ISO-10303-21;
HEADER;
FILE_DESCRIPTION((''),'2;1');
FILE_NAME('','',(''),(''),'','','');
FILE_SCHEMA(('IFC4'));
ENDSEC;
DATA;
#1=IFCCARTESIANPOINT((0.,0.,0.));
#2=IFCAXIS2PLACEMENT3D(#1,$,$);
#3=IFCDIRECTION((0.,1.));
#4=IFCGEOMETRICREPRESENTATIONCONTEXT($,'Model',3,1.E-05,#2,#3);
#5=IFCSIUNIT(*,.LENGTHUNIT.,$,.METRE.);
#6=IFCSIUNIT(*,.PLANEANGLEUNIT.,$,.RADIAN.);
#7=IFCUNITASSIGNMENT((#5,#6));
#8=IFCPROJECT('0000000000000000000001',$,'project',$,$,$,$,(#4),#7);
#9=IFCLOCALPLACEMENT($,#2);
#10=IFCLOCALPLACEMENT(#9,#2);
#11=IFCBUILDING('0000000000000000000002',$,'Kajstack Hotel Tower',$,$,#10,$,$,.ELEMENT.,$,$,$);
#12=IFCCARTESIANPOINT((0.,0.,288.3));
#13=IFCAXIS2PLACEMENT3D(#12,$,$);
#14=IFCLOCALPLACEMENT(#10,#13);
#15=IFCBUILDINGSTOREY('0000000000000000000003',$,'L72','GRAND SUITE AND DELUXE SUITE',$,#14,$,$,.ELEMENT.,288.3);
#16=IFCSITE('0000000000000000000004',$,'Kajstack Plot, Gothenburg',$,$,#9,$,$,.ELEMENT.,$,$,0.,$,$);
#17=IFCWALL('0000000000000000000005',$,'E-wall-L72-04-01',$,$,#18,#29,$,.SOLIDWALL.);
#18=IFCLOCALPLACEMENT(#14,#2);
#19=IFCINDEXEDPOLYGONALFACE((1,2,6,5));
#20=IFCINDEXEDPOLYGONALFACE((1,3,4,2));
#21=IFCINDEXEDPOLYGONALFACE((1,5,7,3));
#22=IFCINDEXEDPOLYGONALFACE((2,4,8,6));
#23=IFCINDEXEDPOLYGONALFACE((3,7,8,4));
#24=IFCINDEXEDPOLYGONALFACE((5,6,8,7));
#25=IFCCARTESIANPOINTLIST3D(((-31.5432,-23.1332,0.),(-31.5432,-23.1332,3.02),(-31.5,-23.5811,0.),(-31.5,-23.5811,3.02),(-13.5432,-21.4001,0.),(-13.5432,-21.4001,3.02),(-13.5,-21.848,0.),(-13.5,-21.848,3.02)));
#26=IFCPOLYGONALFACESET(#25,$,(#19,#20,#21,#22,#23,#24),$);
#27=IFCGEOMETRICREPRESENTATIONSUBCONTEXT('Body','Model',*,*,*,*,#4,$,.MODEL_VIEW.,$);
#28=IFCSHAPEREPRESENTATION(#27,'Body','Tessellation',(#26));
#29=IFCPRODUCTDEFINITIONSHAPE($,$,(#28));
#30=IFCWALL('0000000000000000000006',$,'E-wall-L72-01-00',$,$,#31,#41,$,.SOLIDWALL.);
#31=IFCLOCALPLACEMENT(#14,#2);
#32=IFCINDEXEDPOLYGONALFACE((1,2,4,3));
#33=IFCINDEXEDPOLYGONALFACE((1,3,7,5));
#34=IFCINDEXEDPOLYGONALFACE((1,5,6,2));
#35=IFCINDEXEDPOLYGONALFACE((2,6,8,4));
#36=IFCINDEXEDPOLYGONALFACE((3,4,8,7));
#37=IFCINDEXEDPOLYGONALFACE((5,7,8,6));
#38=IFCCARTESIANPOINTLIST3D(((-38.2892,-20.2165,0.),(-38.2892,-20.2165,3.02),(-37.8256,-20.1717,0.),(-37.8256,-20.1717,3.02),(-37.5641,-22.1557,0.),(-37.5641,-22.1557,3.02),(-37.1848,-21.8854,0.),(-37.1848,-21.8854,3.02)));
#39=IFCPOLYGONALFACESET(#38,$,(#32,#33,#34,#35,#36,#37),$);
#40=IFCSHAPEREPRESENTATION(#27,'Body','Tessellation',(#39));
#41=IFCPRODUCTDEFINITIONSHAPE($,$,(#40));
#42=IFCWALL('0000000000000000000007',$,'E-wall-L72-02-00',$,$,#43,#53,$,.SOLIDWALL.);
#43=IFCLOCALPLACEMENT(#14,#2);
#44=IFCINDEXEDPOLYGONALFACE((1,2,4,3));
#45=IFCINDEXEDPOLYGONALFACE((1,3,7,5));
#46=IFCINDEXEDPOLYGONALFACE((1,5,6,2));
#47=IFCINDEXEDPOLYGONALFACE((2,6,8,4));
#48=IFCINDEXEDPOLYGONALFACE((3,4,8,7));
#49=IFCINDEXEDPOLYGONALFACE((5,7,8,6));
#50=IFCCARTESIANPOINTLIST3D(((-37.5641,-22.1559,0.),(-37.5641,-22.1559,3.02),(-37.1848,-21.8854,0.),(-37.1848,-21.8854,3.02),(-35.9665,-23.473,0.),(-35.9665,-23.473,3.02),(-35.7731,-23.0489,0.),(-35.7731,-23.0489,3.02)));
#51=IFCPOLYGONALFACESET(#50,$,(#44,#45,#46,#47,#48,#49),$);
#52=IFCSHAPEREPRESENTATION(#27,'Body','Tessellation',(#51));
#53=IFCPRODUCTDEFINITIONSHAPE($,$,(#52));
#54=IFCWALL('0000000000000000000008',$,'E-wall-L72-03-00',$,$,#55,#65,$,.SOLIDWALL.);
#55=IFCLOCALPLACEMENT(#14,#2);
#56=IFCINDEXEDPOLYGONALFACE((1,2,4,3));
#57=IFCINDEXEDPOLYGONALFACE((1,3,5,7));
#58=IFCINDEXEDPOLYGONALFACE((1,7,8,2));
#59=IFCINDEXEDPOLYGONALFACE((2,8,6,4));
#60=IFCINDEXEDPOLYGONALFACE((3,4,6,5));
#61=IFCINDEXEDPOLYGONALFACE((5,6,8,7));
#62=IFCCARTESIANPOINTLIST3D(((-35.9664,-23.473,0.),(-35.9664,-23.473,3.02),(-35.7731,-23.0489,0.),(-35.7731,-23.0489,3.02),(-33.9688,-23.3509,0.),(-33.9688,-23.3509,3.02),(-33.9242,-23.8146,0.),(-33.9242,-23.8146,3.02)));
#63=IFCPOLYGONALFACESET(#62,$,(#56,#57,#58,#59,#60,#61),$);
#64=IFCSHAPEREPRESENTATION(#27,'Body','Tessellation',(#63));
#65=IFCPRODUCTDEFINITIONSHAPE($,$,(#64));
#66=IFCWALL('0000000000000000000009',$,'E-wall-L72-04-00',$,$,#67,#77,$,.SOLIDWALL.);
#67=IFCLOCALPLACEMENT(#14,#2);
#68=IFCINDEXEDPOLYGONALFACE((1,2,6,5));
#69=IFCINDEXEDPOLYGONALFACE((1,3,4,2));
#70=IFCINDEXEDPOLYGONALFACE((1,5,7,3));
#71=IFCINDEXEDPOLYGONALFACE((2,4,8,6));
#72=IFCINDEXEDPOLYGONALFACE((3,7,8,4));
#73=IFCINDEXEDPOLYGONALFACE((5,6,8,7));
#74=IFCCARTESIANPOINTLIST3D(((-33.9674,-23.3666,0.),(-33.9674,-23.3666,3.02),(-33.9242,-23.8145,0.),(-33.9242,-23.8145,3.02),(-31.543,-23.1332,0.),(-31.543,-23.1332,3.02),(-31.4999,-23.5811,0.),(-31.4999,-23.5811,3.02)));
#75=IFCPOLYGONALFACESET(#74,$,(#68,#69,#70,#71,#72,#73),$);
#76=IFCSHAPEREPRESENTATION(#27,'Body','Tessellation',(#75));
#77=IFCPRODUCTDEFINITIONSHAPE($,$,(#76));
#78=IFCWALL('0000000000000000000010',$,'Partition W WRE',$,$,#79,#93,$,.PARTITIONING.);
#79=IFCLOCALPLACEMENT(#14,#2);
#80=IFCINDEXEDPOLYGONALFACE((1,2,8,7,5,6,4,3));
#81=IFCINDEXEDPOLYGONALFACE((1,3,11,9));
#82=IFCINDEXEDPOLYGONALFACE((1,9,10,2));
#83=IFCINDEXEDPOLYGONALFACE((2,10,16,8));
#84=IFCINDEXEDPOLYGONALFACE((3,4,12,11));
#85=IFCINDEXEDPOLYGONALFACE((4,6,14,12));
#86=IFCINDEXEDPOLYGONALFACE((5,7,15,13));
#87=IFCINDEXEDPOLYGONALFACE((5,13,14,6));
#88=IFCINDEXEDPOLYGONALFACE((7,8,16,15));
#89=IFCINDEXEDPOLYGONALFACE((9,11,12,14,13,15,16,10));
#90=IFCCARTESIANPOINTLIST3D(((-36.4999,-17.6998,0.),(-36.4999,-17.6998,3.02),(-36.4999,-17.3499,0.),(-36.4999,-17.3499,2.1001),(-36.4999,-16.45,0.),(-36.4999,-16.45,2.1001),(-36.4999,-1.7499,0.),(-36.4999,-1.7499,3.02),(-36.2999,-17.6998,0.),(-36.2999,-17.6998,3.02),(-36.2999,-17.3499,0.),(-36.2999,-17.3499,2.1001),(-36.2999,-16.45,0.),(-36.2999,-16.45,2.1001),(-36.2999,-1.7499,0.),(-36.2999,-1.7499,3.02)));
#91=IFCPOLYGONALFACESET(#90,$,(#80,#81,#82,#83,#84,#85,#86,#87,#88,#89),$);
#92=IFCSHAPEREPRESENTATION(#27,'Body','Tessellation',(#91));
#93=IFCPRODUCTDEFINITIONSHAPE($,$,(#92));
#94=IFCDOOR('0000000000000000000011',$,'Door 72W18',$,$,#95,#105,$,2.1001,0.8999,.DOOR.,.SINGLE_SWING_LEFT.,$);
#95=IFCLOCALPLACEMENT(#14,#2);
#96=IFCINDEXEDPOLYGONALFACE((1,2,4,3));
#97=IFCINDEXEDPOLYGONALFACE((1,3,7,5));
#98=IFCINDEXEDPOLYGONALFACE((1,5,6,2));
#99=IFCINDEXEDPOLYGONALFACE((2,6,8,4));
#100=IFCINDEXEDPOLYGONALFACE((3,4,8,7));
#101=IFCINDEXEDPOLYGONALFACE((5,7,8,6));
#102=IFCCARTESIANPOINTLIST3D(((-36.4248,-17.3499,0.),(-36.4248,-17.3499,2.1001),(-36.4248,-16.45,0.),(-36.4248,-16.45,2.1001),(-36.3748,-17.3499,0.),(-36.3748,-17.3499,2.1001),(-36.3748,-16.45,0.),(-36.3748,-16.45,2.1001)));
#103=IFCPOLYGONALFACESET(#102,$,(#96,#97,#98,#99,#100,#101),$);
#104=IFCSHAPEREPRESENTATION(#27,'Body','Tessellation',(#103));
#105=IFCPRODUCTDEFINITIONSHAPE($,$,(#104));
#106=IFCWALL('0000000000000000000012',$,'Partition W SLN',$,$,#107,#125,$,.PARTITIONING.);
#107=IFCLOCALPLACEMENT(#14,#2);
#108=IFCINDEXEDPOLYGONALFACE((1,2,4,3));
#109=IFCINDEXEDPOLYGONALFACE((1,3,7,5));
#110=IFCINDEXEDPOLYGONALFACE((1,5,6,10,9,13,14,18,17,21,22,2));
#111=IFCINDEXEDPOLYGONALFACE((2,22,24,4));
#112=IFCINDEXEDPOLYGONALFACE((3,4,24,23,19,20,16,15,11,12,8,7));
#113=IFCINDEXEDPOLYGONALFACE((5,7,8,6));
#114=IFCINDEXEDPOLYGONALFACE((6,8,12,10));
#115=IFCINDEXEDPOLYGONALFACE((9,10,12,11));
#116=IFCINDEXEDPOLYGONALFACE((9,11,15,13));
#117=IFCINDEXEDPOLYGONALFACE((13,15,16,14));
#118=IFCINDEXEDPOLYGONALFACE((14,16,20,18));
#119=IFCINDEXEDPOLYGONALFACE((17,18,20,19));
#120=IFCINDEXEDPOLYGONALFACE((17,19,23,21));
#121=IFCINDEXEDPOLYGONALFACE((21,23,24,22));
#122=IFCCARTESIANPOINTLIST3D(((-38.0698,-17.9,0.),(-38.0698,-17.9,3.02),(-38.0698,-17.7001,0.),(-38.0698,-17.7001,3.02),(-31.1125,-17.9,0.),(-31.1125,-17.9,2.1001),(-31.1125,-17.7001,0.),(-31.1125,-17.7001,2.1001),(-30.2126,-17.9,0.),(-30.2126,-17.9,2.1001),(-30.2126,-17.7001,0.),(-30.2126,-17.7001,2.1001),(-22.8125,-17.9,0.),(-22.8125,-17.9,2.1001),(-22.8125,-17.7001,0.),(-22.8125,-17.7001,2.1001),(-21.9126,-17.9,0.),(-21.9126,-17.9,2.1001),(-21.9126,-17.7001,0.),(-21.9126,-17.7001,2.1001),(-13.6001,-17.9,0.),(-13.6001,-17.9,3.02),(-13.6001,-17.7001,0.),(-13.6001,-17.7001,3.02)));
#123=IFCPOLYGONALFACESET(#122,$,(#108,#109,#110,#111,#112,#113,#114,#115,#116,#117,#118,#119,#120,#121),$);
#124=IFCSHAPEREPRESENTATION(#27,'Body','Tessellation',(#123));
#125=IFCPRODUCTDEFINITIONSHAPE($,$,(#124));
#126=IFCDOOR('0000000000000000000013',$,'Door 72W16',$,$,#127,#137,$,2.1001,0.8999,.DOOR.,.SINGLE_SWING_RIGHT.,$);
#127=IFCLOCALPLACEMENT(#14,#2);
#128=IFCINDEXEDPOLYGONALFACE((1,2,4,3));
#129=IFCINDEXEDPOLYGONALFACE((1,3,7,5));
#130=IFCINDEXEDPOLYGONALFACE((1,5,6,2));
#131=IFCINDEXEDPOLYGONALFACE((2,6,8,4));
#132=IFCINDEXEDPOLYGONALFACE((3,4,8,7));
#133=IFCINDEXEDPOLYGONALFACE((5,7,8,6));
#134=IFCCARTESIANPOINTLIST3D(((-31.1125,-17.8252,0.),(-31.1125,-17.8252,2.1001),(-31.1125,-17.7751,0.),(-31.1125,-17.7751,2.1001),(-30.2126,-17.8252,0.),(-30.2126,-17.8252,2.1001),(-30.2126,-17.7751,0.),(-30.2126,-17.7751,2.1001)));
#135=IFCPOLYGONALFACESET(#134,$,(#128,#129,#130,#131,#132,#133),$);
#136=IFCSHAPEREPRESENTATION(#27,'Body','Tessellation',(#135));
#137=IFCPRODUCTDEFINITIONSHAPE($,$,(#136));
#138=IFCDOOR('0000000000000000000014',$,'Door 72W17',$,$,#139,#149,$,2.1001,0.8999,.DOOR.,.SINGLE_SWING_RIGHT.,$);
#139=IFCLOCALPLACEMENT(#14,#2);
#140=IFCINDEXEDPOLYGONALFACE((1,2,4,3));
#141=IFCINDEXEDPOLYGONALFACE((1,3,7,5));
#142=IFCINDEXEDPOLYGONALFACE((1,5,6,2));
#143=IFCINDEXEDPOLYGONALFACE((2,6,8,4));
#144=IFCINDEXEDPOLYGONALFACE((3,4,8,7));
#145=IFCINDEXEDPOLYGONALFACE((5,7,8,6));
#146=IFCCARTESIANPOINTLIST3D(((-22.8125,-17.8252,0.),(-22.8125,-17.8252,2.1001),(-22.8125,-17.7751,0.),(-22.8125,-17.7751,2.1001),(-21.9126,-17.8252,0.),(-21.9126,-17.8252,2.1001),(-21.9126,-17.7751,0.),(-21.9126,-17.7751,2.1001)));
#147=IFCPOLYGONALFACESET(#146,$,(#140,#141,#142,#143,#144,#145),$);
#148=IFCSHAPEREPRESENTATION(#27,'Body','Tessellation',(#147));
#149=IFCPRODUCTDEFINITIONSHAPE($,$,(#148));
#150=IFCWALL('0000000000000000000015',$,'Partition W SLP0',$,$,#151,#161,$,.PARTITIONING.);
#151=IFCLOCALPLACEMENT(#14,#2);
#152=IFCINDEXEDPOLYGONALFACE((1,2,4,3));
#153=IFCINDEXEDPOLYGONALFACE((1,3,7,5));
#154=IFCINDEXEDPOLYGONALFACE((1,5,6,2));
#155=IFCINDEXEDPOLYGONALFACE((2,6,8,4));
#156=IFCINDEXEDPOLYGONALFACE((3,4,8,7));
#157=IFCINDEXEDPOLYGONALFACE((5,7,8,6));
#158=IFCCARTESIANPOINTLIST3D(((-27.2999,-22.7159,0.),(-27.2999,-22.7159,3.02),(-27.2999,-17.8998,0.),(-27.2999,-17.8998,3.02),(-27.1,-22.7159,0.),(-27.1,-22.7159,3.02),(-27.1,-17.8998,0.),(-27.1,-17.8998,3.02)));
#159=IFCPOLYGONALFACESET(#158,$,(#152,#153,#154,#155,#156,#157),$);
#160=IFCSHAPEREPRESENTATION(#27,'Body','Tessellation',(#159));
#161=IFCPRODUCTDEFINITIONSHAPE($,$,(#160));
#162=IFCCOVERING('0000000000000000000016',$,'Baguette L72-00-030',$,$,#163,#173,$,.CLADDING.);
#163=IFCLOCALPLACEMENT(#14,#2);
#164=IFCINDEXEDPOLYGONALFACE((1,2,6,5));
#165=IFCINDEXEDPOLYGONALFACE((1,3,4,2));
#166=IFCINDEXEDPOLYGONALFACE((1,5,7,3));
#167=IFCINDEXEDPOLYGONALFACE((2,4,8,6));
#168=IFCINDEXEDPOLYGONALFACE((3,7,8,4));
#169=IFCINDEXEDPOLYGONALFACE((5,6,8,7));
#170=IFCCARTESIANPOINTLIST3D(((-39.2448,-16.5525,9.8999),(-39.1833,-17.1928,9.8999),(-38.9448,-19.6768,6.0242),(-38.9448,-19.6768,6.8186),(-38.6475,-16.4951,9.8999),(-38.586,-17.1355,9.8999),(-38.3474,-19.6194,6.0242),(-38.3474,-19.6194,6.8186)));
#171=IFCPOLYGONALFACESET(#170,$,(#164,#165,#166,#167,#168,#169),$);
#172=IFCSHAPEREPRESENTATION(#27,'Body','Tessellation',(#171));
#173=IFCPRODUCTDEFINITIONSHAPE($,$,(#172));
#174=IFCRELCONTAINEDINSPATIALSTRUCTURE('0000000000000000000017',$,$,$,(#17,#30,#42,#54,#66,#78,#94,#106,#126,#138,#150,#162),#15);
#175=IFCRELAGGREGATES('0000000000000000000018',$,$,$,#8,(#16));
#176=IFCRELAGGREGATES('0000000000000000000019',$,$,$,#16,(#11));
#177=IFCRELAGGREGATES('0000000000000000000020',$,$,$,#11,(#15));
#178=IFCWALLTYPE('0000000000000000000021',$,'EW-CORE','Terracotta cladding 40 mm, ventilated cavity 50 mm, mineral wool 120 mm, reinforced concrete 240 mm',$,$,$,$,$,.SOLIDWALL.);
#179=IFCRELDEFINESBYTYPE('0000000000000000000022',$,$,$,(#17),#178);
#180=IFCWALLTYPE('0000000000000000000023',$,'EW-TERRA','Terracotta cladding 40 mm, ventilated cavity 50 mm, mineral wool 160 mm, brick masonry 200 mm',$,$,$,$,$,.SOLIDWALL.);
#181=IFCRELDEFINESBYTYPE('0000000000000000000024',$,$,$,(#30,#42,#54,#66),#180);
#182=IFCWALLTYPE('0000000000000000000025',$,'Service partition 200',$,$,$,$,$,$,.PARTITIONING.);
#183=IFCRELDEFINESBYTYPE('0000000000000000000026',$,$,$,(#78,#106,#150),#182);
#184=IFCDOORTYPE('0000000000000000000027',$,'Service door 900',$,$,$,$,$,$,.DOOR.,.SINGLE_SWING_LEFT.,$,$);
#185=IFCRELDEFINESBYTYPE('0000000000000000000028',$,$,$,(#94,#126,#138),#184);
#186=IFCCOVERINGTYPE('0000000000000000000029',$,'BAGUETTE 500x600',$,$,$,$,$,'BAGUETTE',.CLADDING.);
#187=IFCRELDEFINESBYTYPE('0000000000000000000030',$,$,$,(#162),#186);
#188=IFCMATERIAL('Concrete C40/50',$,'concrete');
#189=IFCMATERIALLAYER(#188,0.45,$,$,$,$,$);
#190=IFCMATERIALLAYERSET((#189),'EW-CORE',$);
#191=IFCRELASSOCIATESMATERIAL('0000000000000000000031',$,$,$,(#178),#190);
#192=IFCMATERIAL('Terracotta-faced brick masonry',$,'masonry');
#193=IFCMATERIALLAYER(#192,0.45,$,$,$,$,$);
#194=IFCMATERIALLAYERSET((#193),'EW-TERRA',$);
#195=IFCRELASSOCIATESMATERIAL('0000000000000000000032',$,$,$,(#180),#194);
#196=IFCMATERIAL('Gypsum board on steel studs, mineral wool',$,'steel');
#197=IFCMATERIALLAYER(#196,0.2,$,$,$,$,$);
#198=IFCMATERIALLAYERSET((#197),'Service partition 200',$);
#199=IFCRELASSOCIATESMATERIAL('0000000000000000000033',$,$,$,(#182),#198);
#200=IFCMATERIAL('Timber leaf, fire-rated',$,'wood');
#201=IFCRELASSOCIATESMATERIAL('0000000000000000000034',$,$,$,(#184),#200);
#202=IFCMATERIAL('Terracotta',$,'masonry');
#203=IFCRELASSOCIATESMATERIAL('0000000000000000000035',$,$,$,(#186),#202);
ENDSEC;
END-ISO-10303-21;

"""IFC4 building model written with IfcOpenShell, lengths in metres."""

from ifc_helpers import new_model, si_unit, direction, frame, frame_2d, origin, origin_2d, place, context, subcontext, project, spatial, polyline, rectangle, outline, extrude, material, layer, layer_set, material_profile, profile_set, type_object, element, fill, save


model = new_model("IFC4")

# Units and contexts
model_context = context("Model", 3, precision=1e-05, world=origin(), true_north=direction((0.0, 1.0)))
body_context = subcontext(model_context, "Body", "Model", "MODEL_VIEW")
ifc_project = project(units=[si_unit("LENGTHUNIT", "METRE"), si_unit("PLANEANGLEUNIT", "RADIAN")], contexts=[model_context])

# Site, building, storey
site_placement = place(None, origin())
site = spatial("IfcSite", under=ifc_project, at=site_placement, Name="Kajstack Plot, Gothenburg", CompositionType="ELEMENT", RefElevation=0.0)
building_placement = place(site_placement, origin())
building = spatial("IfcBuilding", under=site, at=building_placement, Name="Kajstack Hotel Tower", CompositionType="ELEMENT")
storey_placement = place(building_placement, frame((0.0, 0.0, 288.3)))
storey = spatial("IfcBuildingStorey", under=building, at=storey_placement, Name="L72", Description="GRAND SUITE AND DELUXE SUITE", CompositionType="ELEMENT", Elevation=288.3)

# Walls
ifc_material_1 = material(Name="Concrete C40/50", Category="concrete")
ifc_layer_1 = layer(ifc_material_1, 0.45)
ifc_layer_set_1 = layer_set([ifc_layer_1], Name="EW-CORE")
wall_type_1 = type_object("IfcWallType", Name="EW-CORE", Description="Terracotta cladding 40 mm, ventilated cavity 50 mm, mineral wool 120 mm, reinforced concrete 240 mm", PredefinedType="SOLIDWALL", material=ifc_layer_set_1)
wall_1_placement = place(storey_placement, frame((-31.5215, -23.3572, 0.0), z_axis=(0.0, 0.0, 1.0), x_axis=(0.995396, 0.095843, 0.0)))
element("IfcWall", 1, at=wall_1_placement, inside=storey, type_object=wall_type_1, Name="E-wall-L72-04-01", PredefinedType="SOLIDWALL", context=body_context, shape_type="SweptSolid", body=[
    extrude(rectangle(XDim=18.0833, YDim=0.45, at=frame_2d((9.0415, 0.0))), origin(), (0.0, 0.0, 1.0), 3.02),
])
ifc_material_2 = material(Name="Terracotta-faced brick masonry", Category="masonry")
ifc_layer_2 = layer(ifc_material_2, 0.45)
ifc_layer_set_2 = layer_set([ifc_layer_2], Name="EW-TERRA")
wall_type_2 = type_object("IfcWallType", Name="EW-TERRA", Description="Terracotta cladding 40 mm, ventilated cavity 50 mm, mineral wool 160 mm, brick masonry 200 mm", PredefinedType="SOLIDWALL", material=ifc_layer_set_2)
wall_2_placement = place(storey_placement, frame((-38.0784, -20.1377, 0.0), z_axis=(0.0, 0.0, 1.0), x_axis=(0.350232, -0.936663, 0.0)))
element("IfcWall", 2, at=wall_2_placement, inside=storey, type_object=wall_type_2, Name="E-wall-L72-01-00", PredefinedType="SOLIDWALL", context=body_context, shape_type="SweptSolid", body=[
    extrude(outline(polyline([(0.0, -0.2251), (2.0703, -0.2251), (1.95, 0.2249), (0.1204, 0.2249), (0.0, -0.2251)])), origin(), (0.0, 0.0, 1.0), 3.02),
])
wall_3_placement = place(storey_placement, frame((-37.4209, -21.9822, 0.0), z_axis=(0.0, 0.0, 1.0), x_axis=(0.771593, -0.636116, 0.0)))
element("IfcWall", 3, at=wall_3_placement, inside=storey, type_object=wall_type_2, Name="E-wall-L72-02-00", PredefinedType="SOLIDWALL", context=body_context, shape_type="SweptSolid", body=[
    extrude(outline(polyline([(0.0, -0.2251), (2.0706, -0.2251), (1.95, 0.2251), (0.1206, 0.2249), (0.0, -0.2251)])), origin(), (0.0, 0.0, 1.0), 3.02),
])
wall_4_placement = place(storey_placement, frame((-35.9292, -23.251, 0.0), z_axis=(0.0, 0.0, 1.0), x_axis=(0.986279, -0.165087, 0.0)))
element("IfcWall", 4, at=wall_4_placement, inside=storey, type_object=wall_type_2, Name="E-wall-L72-03-00", PredefinedType="SOLIDWALL", context=body_context, shape_type="SweptSolid", body=[
    extrude(outline(polyline([(0.0, -0.2251), (2.0706, -0.2249), (1.95, 0.2251), (0.1206, 0.2251), (0.0, -0.2251)])), origin(), (0.0, 0.0, 1.0), 3.02),
])
wall_5_placement = place(storey_placement, frame((-33.9458, -23.5906, 0.0), z_axis=(0.0, 0.0, 1.0), x_axis=(0.995398, 0.095831, 0.0)))
element("IfcWall", 5, at=wall_5_placement, inside=storey, type_object=wall_type_2, Name="E-wall-L72-04-00", PredefinedType="SOLIDWALL", context=body_context, shape_type="SweptSolid", body=[
    extrude(rectangle(XDim=2.4355, YDim=0.45, at=frame_2d((1.2178, 0.0))), origin(), (0.0, 0.0, 1.0), 3.02),
])

# Wall, opening, door
ifc_material_3 = material(Name="Gypsum board on steel studs, mineral wool", Category="steel")
ifc_layer_3 = layer(ifc_material_3, 0.2)
ifc_layer_set_3 = layer_set([ifc_layer_3], Name="Service partition 200")
wall_type_3 = type_object("IfcWallType", Name="Service partition 200", PredefinedType="PARTITIONING", material=ifc_layer_set_3)
wall_6_placement = place(storey_placement, frame((-36.3999, -17.7, 0.0), z_axis=(0.0, 0.0, 1.0), x_axis=(0.0, 1.0, 0.0)))
wall_6 = element("IfcWall", 6, at=wall_6_placement, inside=storey, type_object=wall_type_3, Name="Partition W WRE", PredefinedType="PARTITIONING", context=body_context, shape_type="SweptSolid", body=[
    extrude(rectangle(XDim=15.95, YDim=0.2, at=frame_2d((7.9751, 0.0))), origin(), (0.0, 0.0, 1.0), 3.02),
])
opening_1_placement = place(wall_6_placement, frame((0.3501, 0.0, 0.0)))
opening_1 = element("IfcOpeningElement", 7, at=opening_1_placement, cuts=wall_6, PredefinedType="OPENING", context=body_context, shape_type="SweptSolid", body=[
    extrude(rectangle(XDim=0.8999, YDim=2.1001, at=frame_2d((0.45, 1.05))), frame((0.0, 0.1099, 0.0), z_axis=(0.0, -1.0, 0.0), x_axis=(1.0, 0.0, 0.0)), (0.0, 0.0, 1.0), 0.22),
])
ifc_material_4 = material(Name="Timber leaf, fire-rated", Category="wood")
door_type = type_object("IfcDoorType", Name="Service door 900", OperationType="SINGLE_SWING_LEFT", PredefinedType="DOOR", material=ifc_material_4)
door_1_placement = place(opening_1_placement, origin())
door_1 = element("IfcDoor", 8, at=door_1_placement, inside=storey, type_object=door_type, Name="Door 72W18", OperationType="SINGLE_SWING_LEFT", OverallHeight=2.1001, OverallWidth=0.8999, PredefinedType="DOOR", context=body_context, shape_type="SweptSolid", body=[
    extrude(rectangle(XDim=0.8999, YDim=2.1001, at=frame_2d((0.45, 1.05))), frame((0.0, 0.0249, 0.0), z_axis=(0.0, -1.0, 0.0), x_axis=(1.0, 0.0, 0.0)), (0.0, 0.0, 1.0), 0.05),
])
fill(opening_1, door_1)

# Wall, openings, doors
wall_7_placement = place(storey_placement, frame((-38.0698, -17.8, 0.0), z_axis=(0.0, 0.0, 1.0), x_axis=(1.0, 0.0, 0.0)))
wall_7 = element("IfcWall", 9, at=wall_7_placement, inside=storey, type_object=wall_type_3, Name="Partition W SLN", PredefinedType="PARTITIONING", context=body_context, shape_type="SweptSolid", body=[
    extrude(rectangle(XDim=24.4697, YDim=0.2, at=frame_2d((12.2349, 0.0))), origin(), (0.0, 0.0, 1.0), 3.02),
])
opening_2_placement = place(wall_7_placement, frame((6.9573, 0.0, 0.0)))
opening_2 = element("IfcOpeningElement", 10, at=opening_2_placement, cuts=wall_7, PredefinedType="OPENING", context=body_context, shape_type="SweptSolid", body=[
    extrude(rectangle(XDim=0.8999, YDim=2.1001, at=frame_2d((0.45, 1.05))), frame((0.0, 0.1099, 0.0), z_axis=(0.0, -1.0, 0.0), x_axis=(1.0, 0.0, 0.0)), (0.0, 0.0, 1.0), 0.22),
])
opening_3_placement = place(wall_7_placement, frame((15.2573, 0.0, 0.0)))
opening_3 = element("IfcOpeningElement", 11, at=opening_3_placement, cuts=wall_7, PredefinedType="OPENING", context=body_context, shape_type="SweptSolid", body=[
    extrude(rectangle(XDim=0.8999, YDim=2.1001, at=frame_2d((0.45, 1.05))), frame((0.0, 0.1099, 0.0), z_axis=(0.0, -1.0, 0.0), x_axis=(1.0, 0.0, 0.0)), (0.0, 0.0, 1.0), 0.22),
])
door_2_placement = place(opening_2_placement, origin())
door_2 = element("IfcDoor", 12, at=door_2_placement, inside=storey, type_object=door_type, Name="Door 72W16", OperationType="SINGLE_SWING_RIGHT", OverallHeight=2.1001, OverallWidth=0.8999, PredefinedType="DOOR", context=body_context, shape_type="SweptSolid", body=[
    extrude(rectangle(XDim=0.8999, YDim=2.1001, at=frame_2d((0.45, 1.05))), frame((0.0, 0.0249, 0.0), z_axis=(0.0, -1.0, 0.0), x_axis=(1.0, 0.0, 0.0)), (0.0, 0.0, 1.0), 0.05),
])
fill(opening_2, door_2)
door_3_placement = place(opening_3_placement, origin())
door_3 = element("IfcDoor", 13, at=door_3_placement, inside=storey, type_object=door_type, Name="Door 72W17", OperationType="SINGLE_SWING_RIGHT", OverallHeight=2.1001, OverallWidth=0.8999, PredefinedType="DOOR", context=body_context, shape_type="SweptSolid", body=[
    extrude(rectangle(XDim=0.8999, YDim=2.1001, at=frame_2d((0.45, 1.05))), frame((0.0, 0.0249, 0.0), z_axis=(0.0, -1.0, 0.0), x_axis=(1.0, 0.0, 0.0)), (0.0, 0.0, 1.0), 0.05),
])
fill(opening_3, door_3)

# Wall
wall_8_placement = place(storey_placement, frame((-27.2, -22.7161, 0.0), z_axis=(0.0, 0.0, 1.0), x_axis=(0.0, 1.0, 0.0)))
element("IfcWall", 14, at=wall_8_placement, inside=storey, type_object=wall_type_3, Name="Partition W SLP0", PredefinedType="PARTITIONING", context=body_context, shape_type="SweptSolid", body=[
    extrude(rectangle(XDim=4.8162, YDim=0.2, at=frame_2d((2.4082, 0.0))), origin(), (0.0, 0.0, 1.0), 3.02),
])

# Covering
ifc_material_5 = material(Name="Terracotta", Category="masonry")
ifc_material_profile = material_profile(ifc_material_5, rectangle(XDim=0.6001, YDim=0.5, at=origin_2d()), Name="Terracotta-clad concrete baguette 500 x 600")
ifc_profile_set = profile_set([ifc_material_profile], Name="Terracotta")
covering_type = type_object("IfcCoveringType", Name="BAGUETTE 500x600", ElementType="BAGUETTE", PredefinedType="CLADDING", material=ifc_profile_set)
covering_1_placement = place(storey_placement, frame((-38.6475, -16.4951, 0.0), z_axis=(-0.99542, -0.095596, 0.0), x_axis=(0.095596, -0.99542, 0.0)))
element("IfcCovering", 15, at=covering_1_placement, inside=storey, type_object=covering_type, Name="Baguette L72-00-030", PredefinedType="CLADDING", context=body_context, shape_type="SweptSolid", body=[
    extrude(outline(polyline([(0.0, 9.8999), (3.1387, 6.0242), (3.1387, 6.8186), (0.6433, 9.8999), (0.0, 9.8999)])), origin(), (0.0, 0.0, 1.0), 0.6001),
])

save(model, "model.ifc")
